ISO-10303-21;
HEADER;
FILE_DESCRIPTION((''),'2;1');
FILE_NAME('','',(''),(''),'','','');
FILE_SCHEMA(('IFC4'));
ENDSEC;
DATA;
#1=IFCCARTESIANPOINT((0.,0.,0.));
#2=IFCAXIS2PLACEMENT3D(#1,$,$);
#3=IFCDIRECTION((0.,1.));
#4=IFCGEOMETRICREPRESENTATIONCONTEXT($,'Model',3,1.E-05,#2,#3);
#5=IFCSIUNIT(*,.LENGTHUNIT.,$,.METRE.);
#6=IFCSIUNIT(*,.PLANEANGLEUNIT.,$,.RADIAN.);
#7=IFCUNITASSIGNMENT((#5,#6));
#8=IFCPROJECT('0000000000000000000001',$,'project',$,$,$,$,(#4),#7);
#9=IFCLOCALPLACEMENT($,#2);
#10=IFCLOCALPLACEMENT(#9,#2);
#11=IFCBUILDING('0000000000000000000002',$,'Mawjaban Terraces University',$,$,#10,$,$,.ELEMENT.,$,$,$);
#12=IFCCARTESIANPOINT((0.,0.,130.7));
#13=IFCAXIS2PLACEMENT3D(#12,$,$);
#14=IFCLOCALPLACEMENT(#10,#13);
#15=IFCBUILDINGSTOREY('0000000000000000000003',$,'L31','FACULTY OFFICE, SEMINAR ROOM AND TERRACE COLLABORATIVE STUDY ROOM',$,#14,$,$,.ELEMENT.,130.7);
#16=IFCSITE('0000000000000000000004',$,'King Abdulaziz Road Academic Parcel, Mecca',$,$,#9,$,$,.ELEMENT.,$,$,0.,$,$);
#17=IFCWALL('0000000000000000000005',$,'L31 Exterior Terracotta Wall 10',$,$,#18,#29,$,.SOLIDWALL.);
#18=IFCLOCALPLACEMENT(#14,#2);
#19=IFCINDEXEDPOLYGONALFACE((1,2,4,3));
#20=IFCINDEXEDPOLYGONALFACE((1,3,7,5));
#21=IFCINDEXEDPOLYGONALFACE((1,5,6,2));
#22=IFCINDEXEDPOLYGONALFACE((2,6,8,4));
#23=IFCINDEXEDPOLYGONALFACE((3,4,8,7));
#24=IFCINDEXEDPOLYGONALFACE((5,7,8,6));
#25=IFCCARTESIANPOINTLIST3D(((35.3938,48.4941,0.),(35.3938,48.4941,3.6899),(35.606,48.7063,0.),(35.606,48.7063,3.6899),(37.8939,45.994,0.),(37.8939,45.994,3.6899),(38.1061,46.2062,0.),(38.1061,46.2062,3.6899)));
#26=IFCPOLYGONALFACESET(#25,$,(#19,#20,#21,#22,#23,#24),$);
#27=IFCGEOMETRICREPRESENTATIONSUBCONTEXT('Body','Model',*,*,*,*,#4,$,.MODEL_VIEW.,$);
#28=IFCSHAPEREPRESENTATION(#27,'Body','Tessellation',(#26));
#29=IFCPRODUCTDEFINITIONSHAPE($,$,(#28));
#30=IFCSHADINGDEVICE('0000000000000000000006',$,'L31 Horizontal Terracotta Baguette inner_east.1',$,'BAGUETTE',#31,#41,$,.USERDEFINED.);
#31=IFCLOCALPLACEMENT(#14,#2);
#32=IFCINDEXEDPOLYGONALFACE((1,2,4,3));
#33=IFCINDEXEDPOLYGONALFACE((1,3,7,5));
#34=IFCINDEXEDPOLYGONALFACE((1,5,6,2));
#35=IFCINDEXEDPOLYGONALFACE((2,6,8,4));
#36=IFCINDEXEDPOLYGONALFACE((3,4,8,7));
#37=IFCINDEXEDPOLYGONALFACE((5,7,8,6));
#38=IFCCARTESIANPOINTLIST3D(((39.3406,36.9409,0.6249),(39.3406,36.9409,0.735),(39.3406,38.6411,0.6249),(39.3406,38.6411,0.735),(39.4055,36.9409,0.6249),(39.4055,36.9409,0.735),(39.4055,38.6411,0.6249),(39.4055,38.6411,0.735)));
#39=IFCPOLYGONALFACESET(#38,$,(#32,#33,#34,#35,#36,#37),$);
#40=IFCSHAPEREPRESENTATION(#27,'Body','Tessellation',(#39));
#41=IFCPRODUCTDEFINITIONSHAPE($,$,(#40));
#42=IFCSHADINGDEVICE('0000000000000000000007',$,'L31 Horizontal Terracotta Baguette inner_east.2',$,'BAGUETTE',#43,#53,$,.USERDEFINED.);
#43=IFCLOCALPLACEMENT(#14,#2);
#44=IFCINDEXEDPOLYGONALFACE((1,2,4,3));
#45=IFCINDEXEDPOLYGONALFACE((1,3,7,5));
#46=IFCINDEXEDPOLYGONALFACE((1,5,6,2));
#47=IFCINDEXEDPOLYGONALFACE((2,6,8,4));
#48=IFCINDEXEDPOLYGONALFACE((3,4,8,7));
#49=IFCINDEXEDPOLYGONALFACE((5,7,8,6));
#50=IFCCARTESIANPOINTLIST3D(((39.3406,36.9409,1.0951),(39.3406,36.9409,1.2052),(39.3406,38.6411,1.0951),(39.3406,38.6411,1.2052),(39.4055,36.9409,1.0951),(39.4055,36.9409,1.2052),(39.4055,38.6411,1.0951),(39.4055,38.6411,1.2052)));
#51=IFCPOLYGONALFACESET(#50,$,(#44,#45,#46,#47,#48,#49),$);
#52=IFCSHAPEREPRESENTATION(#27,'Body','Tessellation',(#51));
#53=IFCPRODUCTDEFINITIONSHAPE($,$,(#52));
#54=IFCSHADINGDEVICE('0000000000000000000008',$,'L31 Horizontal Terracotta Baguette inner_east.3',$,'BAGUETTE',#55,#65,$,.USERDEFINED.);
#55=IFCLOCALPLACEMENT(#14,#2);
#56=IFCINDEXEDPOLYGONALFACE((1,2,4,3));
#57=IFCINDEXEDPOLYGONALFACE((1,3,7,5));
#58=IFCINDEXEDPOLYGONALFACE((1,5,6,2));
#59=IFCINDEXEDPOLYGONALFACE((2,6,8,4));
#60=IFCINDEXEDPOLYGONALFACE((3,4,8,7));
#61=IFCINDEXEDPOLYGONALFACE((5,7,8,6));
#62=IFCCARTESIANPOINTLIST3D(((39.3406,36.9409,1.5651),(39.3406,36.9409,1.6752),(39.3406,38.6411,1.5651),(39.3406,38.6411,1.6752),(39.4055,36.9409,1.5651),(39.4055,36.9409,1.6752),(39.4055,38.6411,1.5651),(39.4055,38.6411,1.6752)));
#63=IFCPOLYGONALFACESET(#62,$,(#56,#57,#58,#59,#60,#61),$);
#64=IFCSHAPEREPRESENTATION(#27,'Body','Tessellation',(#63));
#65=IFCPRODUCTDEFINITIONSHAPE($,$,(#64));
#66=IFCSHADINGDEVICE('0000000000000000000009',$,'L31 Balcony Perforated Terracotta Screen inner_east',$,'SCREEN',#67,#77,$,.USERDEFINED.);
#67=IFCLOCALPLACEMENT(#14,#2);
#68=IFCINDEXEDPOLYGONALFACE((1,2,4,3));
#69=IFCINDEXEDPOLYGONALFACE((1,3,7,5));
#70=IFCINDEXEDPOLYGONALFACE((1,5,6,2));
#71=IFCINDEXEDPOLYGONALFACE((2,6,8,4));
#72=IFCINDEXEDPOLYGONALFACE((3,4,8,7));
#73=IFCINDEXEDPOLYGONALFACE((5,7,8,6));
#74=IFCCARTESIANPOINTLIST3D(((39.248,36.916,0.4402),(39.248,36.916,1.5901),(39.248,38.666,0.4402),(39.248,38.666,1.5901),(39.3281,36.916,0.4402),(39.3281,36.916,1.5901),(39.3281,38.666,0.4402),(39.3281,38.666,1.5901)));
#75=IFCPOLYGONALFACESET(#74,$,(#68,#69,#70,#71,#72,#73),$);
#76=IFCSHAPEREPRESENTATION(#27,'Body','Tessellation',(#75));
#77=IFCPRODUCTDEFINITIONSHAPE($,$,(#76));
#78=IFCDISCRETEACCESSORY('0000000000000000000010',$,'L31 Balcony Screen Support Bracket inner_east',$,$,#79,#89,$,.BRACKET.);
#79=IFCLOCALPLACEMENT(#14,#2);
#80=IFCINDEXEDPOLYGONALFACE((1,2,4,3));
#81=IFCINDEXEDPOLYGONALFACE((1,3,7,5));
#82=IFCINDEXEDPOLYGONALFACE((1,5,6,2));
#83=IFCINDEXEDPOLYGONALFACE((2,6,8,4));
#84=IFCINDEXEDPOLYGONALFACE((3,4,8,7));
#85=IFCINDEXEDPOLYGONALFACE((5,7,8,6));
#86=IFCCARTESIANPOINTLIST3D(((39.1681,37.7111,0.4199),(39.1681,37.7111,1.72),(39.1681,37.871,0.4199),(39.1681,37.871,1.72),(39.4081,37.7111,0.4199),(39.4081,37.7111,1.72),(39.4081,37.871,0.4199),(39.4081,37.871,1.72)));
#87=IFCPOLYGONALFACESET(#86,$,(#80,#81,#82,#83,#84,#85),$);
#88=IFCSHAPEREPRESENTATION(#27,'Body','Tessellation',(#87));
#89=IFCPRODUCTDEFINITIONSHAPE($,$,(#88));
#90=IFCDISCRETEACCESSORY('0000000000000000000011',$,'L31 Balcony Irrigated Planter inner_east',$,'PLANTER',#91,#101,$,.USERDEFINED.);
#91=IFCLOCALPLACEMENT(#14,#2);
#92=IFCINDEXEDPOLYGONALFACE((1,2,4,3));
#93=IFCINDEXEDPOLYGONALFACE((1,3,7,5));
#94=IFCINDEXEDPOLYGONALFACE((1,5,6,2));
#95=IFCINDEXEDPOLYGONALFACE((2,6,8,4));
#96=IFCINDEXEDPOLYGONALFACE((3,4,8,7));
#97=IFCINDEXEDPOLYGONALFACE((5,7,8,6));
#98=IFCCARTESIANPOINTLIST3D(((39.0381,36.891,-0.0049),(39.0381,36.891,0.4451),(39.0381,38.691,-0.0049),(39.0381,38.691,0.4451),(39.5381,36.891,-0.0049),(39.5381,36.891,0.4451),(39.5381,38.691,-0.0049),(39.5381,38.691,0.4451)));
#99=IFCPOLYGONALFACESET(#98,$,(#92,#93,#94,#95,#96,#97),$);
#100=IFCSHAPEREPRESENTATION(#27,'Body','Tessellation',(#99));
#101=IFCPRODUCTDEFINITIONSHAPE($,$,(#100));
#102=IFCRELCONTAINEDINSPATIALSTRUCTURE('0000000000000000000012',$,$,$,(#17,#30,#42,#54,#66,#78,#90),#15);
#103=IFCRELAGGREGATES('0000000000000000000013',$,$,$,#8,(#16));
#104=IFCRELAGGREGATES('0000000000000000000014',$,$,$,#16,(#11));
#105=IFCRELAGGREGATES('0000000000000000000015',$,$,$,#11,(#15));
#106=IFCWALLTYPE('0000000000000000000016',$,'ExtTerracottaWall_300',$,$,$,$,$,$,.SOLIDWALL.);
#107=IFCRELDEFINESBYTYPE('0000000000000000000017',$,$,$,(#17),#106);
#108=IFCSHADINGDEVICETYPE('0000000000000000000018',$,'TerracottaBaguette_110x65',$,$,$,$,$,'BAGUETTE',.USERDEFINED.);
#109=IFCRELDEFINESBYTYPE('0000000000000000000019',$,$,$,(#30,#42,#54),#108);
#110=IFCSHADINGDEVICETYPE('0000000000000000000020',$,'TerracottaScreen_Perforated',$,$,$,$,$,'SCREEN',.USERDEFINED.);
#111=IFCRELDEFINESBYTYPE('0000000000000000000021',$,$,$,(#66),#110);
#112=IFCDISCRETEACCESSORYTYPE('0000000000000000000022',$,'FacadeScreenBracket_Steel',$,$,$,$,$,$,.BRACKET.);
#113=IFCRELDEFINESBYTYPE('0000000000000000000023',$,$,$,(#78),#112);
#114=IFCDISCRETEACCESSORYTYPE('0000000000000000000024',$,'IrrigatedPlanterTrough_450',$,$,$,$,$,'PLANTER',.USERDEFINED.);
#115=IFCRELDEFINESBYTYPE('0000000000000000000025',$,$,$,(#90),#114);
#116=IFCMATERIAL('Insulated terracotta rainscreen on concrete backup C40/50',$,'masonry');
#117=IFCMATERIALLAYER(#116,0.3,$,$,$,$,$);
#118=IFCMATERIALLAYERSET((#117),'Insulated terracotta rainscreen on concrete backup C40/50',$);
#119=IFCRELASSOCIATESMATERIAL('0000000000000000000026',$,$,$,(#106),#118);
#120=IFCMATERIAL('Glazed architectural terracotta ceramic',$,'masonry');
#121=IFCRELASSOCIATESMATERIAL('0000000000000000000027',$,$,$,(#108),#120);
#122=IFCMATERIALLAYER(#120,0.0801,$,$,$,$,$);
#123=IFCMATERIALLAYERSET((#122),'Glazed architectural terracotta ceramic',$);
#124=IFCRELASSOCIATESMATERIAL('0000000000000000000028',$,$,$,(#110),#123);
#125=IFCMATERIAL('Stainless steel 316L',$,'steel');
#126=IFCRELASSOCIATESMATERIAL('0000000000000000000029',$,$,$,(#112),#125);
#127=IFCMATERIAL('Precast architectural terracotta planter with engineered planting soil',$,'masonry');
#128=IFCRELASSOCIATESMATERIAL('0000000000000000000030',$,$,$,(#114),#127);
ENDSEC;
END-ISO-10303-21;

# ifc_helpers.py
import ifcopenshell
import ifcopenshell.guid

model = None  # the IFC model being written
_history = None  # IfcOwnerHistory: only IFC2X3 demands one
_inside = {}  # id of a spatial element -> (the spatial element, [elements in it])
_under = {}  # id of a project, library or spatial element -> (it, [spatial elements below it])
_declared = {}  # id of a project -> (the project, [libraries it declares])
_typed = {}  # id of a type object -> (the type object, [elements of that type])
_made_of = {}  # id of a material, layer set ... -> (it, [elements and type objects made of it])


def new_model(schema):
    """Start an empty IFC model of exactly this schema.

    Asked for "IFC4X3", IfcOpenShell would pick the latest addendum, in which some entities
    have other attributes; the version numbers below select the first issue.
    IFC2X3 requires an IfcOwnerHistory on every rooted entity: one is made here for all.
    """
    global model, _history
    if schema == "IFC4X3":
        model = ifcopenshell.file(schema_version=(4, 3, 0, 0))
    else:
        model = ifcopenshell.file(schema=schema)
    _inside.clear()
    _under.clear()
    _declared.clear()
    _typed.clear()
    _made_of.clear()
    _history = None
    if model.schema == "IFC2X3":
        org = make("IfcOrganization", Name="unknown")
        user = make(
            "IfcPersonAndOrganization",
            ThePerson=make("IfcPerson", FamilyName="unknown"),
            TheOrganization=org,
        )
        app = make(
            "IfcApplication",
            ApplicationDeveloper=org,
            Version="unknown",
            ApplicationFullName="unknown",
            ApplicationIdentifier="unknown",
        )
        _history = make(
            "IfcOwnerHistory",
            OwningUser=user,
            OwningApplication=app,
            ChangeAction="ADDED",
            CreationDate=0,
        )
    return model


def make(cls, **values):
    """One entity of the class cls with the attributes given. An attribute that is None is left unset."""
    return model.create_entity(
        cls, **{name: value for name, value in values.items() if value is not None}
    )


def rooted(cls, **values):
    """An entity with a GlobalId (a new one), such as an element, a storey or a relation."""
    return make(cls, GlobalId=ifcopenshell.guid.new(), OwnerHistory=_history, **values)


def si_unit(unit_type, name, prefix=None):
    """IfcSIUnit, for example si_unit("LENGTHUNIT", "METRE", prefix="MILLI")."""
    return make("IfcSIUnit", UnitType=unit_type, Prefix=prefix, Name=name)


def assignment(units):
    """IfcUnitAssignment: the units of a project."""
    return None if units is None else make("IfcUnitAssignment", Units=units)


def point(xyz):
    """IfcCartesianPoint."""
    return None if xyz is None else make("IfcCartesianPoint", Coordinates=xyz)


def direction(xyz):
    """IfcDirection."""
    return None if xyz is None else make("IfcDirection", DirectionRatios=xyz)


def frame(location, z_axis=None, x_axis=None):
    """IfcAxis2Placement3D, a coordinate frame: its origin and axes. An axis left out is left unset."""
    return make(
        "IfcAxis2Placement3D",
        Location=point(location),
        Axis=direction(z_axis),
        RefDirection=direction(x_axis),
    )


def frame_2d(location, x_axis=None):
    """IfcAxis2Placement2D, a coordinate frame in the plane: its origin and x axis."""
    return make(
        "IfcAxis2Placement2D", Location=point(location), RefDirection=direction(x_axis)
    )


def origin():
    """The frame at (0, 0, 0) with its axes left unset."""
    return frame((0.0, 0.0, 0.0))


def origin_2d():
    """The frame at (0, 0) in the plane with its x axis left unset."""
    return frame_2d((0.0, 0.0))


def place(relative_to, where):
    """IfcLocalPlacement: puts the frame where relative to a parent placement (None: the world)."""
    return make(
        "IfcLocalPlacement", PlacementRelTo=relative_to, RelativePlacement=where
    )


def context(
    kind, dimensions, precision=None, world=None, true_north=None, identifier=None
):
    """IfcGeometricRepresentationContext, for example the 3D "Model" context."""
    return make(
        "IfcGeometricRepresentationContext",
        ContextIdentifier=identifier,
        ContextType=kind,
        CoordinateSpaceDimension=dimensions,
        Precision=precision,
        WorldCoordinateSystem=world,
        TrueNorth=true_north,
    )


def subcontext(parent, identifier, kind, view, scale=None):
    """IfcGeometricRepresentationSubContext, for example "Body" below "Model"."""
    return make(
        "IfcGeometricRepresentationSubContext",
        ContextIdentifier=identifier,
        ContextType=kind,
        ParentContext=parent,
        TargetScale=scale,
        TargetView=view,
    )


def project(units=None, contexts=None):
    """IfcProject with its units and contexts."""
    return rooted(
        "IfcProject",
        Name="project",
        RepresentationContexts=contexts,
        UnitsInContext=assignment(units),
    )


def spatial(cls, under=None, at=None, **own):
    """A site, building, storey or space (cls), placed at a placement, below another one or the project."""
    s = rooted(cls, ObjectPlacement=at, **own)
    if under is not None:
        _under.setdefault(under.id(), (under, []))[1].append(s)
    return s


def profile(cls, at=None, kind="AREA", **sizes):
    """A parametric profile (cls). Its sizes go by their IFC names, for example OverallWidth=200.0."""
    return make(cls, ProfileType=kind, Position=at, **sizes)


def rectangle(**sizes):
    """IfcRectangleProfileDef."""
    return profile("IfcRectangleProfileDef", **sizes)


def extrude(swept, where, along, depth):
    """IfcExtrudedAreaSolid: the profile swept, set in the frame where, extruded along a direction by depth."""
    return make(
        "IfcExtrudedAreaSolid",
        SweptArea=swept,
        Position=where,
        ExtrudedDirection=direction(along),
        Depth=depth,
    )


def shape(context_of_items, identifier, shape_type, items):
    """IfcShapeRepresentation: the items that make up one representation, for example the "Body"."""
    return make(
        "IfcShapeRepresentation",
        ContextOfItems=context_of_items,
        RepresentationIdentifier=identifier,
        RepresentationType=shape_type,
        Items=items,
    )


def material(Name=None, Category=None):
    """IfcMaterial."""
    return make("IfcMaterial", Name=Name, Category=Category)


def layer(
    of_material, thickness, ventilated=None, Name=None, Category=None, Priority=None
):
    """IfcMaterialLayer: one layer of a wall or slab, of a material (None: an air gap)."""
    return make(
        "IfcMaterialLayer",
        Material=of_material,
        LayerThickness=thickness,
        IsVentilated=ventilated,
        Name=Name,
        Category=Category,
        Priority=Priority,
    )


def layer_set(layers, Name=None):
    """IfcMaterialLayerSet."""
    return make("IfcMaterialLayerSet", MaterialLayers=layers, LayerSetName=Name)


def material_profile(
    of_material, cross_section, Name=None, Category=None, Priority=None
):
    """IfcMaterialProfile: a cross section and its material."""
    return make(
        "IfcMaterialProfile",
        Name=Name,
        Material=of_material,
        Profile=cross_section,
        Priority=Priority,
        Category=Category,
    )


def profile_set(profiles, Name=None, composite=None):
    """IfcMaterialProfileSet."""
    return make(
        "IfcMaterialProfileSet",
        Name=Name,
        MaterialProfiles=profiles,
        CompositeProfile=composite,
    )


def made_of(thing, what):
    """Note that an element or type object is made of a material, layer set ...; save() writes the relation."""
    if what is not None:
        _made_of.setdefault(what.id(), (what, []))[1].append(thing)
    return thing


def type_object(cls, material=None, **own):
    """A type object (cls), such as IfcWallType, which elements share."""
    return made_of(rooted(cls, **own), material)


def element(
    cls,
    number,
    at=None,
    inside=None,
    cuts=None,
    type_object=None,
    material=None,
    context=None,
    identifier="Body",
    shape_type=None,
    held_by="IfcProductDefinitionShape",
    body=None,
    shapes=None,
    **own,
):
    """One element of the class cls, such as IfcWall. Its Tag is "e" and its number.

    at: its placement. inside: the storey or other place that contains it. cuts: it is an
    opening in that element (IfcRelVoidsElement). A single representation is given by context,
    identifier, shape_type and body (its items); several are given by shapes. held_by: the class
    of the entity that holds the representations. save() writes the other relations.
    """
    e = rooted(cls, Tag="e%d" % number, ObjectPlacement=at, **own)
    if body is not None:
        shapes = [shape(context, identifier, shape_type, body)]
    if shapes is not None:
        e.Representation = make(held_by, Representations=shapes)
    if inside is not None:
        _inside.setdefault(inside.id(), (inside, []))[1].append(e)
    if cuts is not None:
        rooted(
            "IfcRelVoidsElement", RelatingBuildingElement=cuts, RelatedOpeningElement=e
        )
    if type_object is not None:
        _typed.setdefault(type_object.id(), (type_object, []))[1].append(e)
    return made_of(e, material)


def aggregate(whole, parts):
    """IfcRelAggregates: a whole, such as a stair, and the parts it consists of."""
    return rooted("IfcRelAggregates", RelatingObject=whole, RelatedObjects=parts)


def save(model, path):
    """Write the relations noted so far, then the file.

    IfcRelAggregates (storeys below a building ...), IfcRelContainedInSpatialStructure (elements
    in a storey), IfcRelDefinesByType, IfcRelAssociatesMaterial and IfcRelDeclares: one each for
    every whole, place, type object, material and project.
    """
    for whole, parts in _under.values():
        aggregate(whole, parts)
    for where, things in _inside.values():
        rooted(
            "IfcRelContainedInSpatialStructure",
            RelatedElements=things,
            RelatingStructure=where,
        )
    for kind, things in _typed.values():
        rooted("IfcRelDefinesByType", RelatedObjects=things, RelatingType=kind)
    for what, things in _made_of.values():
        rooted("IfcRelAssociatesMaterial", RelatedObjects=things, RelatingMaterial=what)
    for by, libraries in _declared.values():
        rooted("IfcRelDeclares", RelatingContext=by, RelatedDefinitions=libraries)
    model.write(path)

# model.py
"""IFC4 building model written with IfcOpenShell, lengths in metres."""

from ifc_helpers import new_model, si_unit, direction, frame, frame_2d, origin, origin_2d, place, context, subcontext, project, spatial, rectangle, extrude, material, layer, layer_set, material_profile, profile_set, type_object, element, save


model = new_model("IFC4")

# Units and contexts
model_context = context("Model", 3, precision=1e-05, world=origin(), true_north=direction((0.0, 1.0)))
body_context = subcontext(model_context, "Body", "Model", "MODEL_VIEW")
ifc_project = project(units=[si_unit("LENGTHUNIT", "METRE"), si_unit("PLANEANGLEUNIT", "RADIAN")], contexts=[model_context])

# Site, building, storey
site_placement = place(None, origin())
site = spatial("IfcSite", under=ifc_project, at=site_placement, Name="King Abdulaziz Road Academic Parcel, Mecca", CompositionType="ELEMENT", RefElevation=0.0)
building_placement = place(site_placement, origin())
building = spatial("IfcBuilding", under=site, at=building_placement, Name="Mawjaban Terraces University", CompositionType="ELEMENT")
storey_placement = place(building_placement, frame((0.0, 0.0, 130.7)))
storey = spatial("IfcBuildingStorey", under=building, at=storey_placement, Name="L31", Description="FACULTY OFFICE, SEMINAR ROOM AND TERRACE COLLABORATIVE STUDY ROOM", CompositionType="ELEMENT", Elevation=130.7)

# Wall
ifc_material_1 = material(Name="Insulated terracotta rainscreen on concrete backup C40/50", Category="masonry")
ifc_layer_1 = layer(ifc_material_1, 0.3)
ifc_layer_set_1 = layer_set([ifc_layer_1], Name="Insulated terracotta rainscreen on concrete backup C40/50")
wall_type = type_object("IfcWallType", Name="ExtTerracottaWall_300", PredefinedType="SOLIDWALL", material=ifc_layer_set_1)
wall_placement = place(storey_placement, frame((38.0, 46.1001, 0.0), z_axis=(0.0, 0.0, 1.0), x_axis=(-0.707107, 0.707107, 0.0)))
element("IfcWall", 1, at=wall_placement, inside=storey, type_object=wall_type, Name="L31 Exterior Terracotta Wall 10", PredefinedType="SOLIDWALL", context=body_context, shape_type="SweptSolid", body=[
    extrude(rectangle(XDim=3.5356, YDim=0.3, at=frame_2d((1.7678, 0.0))), origin(), (0.0, 0.0, 1.0), 3.6899),
])

# Shading devices
ifc_material_2 = material(Name="Glazed architectural terracotta ceramic", Category="masonry")
ifc_material_profile_1 = material_profile(ifc_material_2, rectangle(XDim=0.0649, YDim=0.1101, at=origin_2d()), Name="TBAG110X65")
ifc_profile_set_1 = profile_set([ifc_material_profile_1], Name="Glazed architectural terracotta ceramic")
shading_device_type_1 = type_object("IfcShadingDeviceType", Name="TerracottaBaguette_110x65", ElementType="BAGUETTE", PredefinedType="USERDEFINED", material=ifc_profile_set_1)
for number, where, z_axis, x_axis, name in (
    (2, (39.373, 36.9409, 0.6799), (0.0, 1.0, 0.0), (-1.0, 0.0, 0.0), "L31 Horizontal Terracotta Baguette inner_east.1"),
    (3, (39.373, 36.9409, 1.1501), (0.0, 1.0, 0.0), (-1.0, 0.0, 0.0), "L31 Horizontal Terracotta Baguette inner_east.2"),
    (4, (39.373, 36.9409, 1.6201), (0.0, 1.0, 0.0), (-1.0, 0.0, 0.0), "L31 Horizontal Terracotta Baguette inner_east.3"),
):
    element("IfcShadingDevice", number, at=place(storey_placement, frame(where, z_axis=z_axis, x_axis=x_axis)), inside=storey, type_object=shading_device_type_1, Name=name, ObjectType="BAGUETTE", PredefinedType="USERDEFINED", context=body_context, shape_type="SweptSolid", body=[
        extrude(rectangle(XDim=0.0649, YDim=0.1101, at=origin_2d()), origin(), (0.0, 0.0, 1.0), 1.7002),
    ])
ifc_layer_2 = layer(ifc_material_2, 0.0801)
ifc_layer_set_2 = layer_set([ifc_layer_2], Name="Glazed architectural terracotta ceramic")
shading_device_type_2 = type_object("IfcShadingDeviceType", Name="TerracottaScreen_Perforated", ElementType="SCREEN", PredefinedType="USERDEFINED", material=ifc_layer_set_2)
shading_device_placement = place(storey_placement, frame((39.2881, 37.791, 0.4402), z_axis=(0.0, 0.0, 1.0), x_axis=(0.0, 1.0, 0.0)))
element("IfcShadingDevice", 5, at=shading_device_placement, inside=storey, type_object=shading_device_type_2, Name="L31 Balcony Perforated Terracotta Screen inner_east", ObjectType="SCREEN", PredefinedType="USERDEFINED", context=body_context, shape_type="SweptSolid", body=[
    extrude(rectangle(XDim=1.75, YDim=0.0801, at=origin_2d()), origin(), (0.0, 0.0, 1.0), 1.1499),
])

# Discrete accessories
ifc_material_3 = material(Name="Stainless steel 316L", Category="steel")
discrete_accessory_type_1 = type_object("IfcDiscreteAccessoryType", Name="FacadeScreenBracket_Steel", PredefinedType="BRACKET", material=ifc_material_3)
discrete_accessory_1_placement = place(storey_placement, frame((39.2881, 37.791, 0.4199), z_axis=(0.0, 0.0, 1.0), x_axis=(0.0, 1.0, 0.0)))
element("IfcDiscreteAccessory", 6, at=discrete_accessory_1_placement, inside=storey, type_object=discrete_accessory_type_1, Name="L31 Balcony Screen Support Bracket inner_east", PredefinedType="BRACKET", context=body_context, shape_type="SweptSolid", body=[
    extrude(rectangle(XDim=0.1599, YDim=0.24, at=origin_2d()), origin(), (0.0, 0.0, 1.0), 1.3),
])
ifc_material_4 = material(Name="Precast architectural terracotta planter with engineered planting soil", Category="masonry")
discrete_accessory_type_2 = type_object("IfcDiscreteAccessoryType", Name="IrrigatedPlanterTrough_450", ElementType="PLANTER", PredefinedType="USERDEFINED", material=ifc_material_4)
discrete_accessory_2_placement = place(storey_placement, frame((39.2881, 37.791, -0.0049), z_axis=(0.0, 0.0, 1.0), x_axis=(0.0, 1.0, 0.0)))
element("IfcDiscreteAccessory", 7, at=discrete_accessory_2_placement, inside=storey, type_object=discrete_accessory_type_2, Name="L31 Balcony Irrigated Planter inner_east", ObjectType="PLANTER", PredefinedType="USERDEFINED", context=body_context, shape_type="SweptSolid", body=[
    extrude(rectangle(XDim=1.8, YDim=0.5, at=origin_2d()), origin(), (0.0, 0.0, 1.0), 0.45),
])

save(model, "model.ifc")
